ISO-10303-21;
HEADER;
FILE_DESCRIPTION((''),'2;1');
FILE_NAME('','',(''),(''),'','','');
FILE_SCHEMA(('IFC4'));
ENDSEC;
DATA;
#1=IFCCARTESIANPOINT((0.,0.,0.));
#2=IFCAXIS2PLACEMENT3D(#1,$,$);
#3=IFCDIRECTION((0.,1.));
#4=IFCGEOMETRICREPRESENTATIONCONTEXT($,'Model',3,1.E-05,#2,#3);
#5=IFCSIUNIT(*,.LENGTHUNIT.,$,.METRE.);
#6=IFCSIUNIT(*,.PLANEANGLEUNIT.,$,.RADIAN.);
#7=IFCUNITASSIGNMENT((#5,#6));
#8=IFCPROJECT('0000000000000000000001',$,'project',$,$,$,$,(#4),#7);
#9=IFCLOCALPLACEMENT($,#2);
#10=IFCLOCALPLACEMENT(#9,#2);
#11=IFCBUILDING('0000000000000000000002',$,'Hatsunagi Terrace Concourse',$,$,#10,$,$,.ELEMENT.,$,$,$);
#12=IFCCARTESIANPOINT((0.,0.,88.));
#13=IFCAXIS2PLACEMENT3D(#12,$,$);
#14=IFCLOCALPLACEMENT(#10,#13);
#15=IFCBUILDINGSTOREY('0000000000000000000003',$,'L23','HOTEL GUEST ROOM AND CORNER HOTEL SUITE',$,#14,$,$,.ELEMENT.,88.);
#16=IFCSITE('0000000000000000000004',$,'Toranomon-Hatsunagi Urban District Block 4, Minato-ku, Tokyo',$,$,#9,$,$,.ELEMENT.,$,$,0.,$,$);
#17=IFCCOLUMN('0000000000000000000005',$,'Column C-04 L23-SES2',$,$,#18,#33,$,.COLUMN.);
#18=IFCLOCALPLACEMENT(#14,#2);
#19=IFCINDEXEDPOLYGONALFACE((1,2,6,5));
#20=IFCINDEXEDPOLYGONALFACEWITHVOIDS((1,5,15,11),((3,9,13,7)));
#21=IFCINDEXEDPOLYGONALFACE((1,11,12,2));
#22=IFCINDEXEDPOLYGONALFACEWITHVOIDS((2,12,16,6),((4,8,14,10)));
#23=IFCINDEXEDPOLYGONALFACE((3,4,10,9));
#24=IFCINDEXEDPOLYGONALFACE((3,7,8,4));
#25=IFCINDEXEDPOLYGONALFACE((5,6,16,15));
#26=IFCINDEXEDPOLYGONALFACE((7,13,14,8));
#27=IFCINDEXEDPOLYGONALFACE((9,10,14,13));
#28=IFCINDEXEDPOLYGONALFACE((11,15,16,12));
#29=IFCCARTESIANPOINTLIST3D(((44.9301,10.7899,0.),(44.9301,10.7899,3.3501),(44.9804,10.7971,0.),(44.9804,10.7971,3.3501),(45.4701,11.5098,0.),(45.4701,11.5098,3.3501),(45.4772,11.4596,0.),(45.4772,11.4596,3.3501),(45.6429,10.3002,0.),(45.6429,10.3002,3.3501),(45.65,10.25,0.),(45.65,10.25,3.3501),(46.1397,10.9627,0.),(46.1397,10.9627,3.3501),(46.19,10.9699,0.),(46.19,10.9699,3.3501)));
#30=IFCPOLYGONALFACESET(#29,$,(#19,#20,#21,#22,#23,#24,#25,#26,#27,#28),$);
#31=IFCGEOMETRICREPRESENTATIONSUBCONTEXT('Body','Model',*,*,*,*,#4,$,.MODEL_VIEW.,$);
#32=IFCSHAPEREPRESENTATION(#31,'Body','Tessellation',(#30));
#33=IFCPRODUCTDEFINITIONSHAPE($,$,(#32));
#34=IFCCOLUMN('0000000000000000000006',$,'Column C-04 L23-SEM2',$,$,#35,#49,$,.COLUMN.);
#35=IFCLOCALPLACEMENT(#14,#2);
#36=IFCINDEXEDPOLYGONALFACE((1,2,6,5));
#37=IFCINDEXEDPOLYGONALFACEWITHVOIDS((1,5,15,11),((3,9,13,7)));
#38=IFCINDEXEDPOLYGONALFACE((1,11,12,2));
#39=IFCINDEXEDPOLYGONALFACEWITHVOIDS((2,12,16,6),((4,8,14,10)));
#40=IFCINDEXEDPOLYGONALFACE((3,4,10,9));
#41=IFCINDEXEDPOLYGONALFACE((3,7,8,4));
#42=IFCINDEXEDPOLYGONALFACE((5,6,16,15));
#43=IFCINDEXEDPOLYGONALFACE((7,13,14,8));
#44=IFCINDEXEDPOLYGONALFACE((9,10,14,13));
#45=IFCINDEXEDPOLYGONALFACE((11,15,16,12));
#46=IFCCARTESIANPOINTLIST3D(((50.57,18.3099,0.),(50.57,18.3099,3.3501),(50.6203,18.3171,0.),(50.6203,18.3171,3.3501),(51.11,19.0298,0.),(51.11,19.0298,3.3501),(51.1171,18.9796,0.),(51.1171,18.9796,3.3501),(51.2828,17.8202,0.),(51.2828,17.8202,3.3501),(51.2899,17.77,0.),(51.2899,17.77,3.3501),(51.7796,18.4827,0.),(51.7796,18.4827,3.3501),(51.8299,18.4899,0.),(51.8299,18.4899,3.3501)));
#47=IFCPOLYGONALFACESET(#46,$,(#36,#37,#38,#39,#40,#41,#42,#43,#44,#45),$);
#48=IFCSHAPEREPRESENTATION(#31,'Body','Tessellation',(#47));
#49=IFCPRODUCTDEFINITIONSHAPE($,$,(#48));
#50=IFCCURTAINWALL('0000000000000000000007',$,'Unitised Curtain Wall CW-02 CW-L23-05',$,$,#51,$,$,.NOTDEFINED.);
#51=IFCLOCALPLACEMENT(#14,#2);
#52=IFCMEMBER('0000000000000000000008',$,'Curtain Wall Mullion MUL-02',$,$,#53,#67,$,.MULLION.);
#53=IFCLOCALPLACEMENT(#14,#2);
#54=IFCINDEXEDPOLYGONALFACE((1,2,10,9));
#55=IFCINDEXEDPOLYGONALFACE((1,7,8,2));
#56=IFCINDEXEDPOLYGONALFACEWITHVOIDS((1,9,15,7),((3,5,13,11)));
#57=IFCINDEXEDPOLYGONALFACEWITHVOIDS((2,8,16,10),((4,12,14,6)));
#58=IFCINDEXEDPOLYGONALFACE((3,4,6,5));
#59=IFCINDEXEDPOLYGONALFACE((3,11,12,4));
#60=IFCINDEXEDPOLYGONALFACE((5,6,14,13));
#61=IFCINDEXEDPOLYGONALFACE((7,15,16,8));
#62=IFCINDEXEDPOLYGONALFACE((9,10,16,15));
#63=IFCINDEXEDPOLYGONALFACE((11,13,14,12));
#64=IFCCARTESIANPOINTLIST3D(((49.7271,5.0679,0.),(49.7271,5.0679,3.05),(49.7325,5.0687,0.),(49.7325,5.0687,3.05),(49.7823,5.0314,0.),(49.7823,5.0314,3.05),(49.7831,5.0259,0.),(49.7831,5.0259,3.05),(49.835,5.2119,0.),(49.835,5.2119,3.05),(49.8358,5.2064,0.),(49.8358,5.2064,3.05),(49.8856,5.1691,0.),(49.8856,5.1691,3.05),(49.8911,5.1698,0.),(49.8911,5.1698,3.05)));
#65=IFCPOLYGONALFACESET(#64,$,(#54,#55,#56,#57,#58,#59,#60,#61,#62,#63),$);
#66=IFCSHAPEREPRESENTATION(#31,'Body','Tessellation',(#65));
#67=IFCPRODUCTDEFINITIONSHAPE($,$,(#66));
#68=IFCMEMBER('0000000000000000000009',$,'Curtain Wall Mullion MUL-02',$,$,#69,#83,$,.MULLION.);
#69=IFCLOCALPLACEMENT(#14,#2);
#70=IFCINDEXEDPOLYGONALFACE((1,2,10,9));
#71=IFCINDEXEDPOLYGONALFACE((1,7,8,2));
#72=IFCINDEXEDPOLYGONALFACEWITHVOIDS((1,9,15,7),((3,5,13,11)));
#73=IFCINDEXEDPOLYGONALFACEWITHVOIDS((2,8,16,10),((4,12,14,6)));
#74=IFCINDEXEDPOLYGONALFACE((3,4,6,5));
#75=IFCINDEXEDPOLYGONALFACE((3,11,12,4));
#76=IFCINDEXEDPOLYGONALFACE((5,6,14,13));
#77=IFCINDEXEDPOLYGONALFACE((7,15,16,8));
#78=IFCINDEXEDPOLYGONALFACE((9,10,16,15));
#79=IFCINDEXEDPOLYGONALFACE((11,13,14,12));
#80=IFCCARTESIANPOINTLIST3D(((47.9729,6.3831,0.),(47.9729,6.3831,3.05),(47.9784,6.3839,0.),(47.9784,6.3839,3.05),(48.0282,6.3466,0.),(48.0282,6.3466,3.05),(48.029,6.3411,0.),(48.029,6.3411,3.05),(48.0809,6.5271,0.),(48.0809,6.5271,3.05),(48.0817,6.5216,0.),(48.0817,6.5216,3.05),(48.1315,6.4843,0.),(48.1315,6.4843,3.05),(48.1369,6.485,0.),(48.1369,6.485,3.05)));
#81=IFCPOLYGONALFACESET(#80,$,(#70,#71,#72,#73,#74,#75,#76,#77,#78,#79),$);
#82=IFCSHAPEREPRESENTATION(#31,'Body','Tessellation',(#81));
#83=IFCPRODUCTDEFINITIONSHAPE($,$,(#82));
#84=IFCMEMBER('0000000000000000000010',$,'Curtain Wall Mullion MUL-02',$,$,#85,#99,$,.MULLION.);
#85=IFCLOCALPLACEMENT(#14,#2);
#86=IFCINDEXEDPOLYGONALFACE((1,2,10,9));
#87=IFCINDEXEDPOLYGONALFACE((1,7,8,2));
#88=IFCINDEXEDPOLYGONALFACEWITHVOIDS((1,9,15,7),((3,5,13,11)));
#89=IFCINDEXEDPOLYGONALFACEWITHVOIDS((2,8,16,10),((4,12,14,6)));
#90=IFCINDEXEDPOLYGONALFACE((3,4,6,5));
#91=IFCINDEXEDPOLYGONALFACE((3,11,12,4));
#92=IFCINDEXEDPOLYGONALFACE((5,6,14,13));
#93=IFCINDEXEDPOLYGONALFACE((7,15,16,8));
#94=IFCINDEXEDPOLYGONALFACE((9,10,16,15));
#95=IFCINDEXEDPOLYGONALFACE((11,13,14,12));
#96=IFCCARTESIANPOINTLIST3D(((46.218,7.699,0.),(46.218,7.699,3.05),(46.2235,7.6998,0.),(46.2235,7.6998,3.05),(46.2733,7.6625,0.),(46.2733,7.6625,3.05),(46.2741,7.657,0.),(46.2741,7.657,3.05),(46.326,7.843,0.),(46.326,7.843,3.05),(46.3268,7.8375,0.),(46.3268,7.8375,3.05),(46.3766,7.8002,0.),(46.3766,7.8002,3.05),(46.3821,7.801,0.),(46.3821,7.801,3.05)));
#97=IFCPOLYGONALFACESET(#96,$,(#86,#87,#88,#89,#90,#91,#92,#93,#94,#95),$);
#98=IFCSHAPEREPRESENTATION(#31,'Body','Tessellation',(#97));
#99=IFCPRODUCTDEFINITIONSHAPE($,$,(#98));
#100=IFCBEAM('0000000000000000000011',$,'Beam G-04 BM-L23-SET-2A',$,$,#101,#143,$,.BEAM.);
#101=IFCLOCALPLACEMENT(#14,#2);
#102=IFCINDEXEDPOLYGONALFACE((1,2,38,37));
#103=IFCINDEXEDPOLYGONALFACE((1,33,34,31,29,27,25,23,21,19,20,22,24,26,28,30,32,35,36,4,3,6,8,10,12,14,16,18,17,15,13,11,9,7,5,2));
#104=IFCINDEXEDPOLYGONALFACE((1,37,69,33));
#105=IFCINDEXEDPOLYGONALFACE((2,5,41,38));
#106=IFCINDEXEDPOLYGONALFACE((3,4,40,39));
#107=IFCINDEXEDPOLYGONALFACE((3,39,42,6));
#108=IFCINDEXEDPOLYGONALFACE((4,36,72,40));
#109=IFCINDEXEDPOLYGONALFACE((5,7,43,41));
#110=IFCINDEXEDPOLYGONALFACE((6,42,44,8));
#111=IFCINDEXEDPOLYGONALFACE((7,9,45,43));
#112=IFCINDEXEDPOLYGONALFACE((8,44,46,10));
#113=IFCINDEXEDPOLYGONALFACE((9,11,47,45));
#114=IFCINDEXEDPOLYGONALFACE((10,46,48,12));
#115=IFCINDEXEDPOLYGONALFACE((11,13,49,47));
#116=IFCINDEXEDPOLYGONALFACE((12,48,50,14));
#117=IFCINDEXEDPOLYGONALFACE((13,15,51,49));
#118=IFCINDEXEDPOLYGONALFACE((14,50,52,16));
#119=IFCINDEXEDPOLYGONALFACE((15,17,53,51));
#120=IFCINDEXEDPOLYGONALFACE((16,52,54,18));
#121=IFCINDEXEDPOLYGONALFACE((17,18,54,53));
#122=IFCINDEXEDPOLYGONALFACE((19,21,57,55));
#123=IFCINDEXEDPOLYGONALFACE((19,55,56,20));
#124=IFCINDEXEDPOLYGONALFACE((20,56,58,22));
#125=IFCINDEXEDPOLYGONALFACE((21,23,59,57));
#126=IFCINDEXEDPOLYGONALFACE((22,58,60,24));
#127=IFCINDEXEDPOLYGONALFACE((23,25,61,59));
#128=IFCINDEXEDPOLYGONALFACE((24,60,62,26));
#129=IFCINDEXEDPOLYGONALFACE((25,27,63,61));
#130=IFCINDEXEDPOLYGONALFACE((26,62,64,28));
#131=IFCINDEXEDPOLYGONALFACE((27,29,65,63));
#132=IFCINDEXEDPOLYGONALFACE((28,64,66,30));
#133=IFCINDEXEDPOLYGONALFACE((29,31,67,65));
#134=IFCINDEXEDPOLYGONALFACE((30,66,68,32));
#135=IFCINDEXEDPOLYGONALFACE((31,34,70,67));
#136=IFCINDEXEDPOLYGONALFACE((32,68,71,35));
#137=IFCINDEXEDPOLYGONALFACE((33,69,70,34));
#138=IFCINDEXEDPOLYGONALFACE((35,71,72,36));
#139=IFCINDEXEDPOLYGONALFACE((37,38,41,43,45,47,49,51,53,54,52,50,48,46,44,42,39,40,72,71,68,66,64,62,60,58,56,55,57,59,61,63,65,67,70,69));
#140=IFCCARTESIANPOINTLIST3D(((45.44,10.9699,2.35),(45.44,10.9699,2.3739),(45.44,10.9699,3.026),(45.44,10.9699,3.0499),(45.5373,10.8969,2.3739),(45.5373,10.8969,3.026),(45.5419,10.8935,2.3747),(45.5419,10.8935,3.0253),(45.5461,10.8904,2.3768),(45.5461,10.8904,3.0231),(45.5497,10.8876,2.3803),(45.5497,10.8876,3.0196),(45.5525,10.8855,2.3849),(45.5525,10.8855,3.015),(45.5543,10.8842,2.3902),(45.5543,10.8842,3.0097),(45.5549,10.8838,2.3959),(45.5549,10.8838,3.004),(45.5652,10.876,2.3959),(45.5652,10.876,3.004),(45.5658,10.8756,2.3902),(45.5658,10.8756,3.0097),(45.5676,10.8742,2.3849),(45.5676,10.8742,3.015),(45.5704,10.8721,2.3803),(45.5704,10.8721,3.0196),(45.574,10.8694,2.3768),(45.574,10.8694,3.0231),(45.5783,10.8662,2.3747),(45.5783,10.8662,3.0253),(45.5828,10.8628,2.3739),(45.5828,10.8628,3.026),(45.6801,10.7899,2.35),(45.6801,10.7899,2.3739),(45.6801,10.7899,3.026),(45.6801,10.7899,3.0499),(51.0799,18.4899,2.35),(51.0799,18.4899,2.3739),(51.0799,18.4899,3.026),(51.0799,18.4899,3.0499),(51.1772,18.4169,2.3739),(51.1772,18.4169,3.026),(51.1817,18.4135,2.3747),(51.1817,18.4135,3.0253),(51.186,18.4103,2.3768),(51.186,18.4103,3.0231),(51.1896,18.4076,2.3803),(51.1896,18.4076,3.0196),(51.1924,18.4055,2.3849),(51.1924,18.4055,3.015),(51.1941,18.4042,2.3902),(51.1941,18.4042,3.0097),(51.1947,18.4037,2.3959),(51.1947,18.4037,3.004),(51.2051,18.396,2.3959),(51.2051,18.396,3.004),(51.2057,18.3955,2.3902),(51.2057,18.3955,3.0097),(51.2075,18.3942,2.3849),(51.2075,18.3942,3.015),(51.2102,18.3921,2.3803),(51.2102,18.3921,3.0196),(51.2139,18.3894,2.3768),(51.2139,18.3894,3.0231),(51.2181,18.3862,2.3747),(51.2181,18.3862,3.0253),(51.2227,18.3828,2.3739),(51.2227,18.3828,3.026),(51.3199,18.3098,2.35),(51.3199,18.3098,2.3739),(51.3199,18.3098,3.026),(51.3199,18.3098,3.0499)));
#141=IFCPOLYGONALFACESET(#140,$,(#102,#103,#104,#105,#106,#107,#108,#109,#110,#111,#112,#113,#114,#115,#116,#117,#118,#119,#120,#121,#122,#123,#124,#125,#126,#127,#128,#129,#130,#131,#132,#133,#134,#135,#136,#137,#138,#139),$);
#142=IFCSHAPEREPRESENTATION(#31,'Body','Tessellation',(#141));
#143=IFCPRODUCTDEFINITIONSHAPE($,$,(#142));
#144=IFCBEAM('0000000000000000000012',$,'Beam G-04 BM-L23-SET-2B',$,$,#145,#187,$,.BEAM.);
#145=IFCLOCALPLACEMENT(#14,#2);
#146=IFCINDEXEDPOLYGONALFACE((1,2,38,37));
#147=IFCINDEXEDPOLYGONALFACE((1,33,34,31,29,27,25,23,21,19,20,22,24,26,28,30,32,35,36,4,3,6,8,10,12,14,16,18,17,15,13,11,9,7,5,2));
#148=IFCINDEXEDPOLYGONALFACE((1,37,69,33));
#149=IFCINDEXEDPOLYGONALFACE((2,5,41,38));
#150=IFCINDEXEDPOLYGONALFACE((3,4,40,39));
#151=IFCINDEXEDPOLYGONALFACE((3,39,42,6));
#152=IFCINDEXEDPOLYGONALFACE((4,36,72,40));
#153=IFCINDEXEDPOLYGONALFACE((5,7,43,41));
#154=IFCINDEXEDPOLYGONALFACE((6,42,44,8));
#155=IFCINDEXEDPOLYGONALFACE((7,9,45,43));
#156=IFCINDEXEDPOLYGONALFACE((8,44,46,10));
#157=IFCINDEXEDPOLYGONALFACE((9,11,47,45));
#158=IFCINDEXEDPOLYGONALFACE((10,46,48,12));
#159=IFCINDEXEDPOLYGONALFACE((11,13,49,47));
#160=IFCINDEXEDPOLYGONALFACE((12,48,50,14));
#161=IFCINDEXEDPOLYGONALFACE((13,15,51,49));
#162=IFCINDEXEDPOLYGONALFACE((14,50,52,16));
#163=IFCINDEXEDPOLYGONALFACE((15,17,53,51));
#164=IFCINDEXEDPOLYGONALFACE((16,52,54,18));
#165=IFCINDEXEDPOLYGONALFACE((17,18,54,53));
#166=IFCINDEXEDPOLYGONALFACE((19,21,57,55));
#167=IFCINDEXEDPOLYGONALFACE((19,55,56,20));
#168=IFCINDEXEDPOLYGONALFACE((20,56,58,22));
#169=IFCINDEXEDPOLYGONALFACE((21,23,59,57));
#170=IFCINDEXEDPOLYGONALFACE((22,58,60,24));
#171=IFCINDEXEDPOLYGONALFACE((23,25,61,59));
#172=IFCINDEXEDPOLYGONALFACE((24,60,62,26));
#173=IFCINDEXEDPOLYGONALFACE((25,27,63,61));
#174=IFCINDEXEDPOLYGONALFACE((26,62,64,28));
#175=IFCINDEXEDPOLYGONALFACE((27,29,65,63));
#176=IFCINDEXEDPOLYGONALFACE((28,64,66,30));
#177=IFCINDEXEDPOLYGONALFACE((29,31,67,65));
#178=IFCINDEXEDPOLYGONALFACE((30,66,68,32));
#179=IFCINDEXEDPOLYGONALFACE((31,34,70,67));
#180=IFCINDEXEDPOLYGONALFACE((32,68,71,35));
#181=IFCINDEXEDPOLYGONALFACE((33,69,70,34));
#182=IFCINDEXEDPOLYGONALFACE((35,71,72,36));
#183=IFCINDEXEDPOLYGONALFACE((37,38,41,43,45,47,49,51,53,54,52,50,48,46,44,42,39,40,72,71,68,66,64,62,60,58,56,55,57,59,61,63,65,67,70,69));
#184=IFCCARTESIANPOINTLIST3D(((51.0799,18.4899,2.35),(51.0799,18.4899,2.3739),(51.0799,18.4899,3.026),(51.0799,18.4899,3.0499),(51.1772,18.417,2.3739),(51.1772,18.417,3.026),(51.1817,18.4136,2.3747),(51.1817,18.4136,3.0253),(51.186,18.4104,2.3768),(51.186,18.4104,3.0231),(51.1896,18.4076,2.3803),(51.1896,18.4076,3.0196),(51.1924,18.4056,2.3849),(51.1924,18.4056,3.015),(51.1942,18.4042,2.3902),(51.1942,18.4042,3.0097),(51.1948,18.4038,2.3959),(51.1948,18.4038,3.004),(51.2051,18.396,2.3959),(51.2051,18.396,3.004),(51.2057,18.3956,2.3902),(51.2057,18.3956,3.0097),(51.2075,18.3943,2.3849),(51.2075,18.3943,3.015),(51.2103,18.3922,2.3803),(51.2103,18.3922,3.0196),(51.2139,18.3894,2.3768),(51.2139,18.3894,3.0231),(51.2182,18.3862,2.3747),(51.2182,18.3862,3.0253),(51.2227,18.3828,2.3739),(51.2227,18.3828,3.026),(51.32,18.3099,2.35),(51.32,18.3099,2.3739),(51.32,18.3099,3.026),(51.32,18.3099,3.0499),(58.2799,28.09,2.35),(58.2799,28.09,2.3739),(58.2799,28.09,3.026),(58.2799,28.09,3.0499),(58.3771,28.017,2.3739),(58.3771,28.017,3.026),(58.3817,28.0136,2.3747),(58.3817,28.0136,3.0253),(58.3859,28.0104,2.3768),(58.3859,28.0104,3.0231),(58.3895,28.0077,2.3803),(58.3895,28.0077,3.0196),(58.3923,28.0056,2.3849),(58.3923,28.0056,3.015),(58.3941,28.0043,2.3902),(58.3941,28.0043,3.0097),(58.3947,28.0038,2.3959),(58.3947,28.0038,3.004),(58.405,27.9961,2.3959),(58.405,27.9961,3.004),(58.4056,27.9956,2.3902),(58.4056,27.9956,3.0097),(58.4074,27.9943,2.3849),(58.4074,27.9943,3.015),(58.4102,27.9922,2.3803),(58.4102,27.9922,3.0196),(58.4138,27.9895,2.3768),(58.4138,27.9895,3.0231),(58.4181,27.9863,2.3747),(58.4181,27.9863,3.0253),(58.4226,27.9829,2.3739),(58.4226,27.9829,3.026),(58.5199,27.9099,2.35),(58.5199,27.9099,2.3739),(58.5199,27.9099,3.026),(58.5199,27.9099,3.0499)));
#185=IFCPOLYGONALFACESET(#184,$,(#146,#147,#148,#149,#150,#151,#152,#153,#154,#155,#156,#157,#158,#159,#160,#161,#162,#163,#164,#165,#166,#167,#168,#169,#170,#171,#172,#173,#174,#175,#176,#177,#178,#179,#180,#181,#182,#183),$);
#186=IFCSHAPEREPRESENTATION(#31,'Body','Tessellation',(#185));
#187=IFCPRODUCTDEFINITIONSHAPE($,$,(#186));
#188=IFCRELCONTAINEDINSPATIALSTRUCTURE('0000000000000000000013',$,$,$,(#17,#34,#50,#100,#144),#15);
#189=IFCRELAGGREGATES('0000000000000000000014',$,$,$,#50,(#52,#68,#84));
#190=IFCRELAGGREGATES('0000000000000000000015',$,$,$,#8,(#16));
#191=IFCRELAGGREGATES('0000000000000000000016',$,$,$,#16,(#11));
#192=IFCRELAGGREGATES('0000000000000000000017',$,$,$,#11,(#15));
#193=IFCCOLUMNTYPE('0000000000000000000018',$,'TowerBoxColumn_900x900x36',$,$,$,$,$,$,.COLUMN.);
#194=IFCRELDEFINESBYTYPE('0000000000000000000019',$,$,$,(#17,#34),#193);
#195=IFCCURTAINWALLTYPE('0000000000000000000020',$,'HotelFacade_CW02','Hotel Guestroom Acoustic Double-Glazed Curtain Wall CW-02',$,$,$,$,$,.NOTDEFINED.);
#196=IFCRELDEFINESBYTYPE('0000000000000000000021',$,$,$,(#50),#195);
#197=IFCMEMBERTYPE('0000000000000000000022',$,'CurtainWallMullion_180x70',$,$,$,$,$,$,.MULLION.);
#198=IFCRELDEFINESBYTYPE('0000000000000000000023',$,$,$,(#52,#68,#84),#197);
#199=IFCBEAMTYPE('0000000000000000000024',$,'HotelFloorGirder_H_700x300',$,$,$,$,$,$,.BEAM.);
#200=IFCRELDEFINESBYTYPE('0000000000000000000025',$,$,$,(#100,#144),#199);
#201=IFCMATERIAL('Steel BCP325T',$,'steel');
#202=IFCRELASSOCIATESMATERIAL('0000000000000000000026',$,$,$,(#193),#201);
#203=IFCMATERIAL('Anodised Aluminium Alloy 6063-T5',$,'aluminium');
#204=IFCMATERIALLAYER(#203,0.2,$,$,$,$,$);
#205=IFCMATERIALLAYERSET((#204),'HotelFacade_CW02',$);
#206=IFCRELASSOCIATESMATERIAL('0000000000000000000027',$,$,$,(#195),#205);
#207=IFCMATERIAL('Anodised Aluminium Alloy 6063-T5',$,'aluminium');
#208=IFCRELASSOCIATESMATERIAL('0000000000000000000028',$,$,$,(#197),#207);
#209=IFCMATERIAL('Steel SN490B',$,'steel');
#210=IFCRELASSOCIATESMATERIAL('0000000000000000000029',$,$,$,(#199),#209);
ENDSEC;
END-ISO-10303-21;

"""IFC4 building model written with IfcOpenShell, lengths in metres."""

from ifc_helpers import new_model, si_unit, direction, frame, origin, origin_2d, place, context, subcontext, project, spatial, hollow_rectangle, i_section, extrude, material, layer, layer_set, material_profile, profile_set, type_object, element, aggregate, save


model = new_model("IFC4")

# Units and contexts
model_context = context("Model", 3, precision=1e-05, world=origin(), true_north=direction((0.0, 1.0)))
body_context = subcontext(model_context, "Body", "Model", "MODEL_VIEW")
ifc_project = project(units=[si_unit("LENGTHUNIT", "METRE"), si_unit("PLANEANGLEUNIT", "RADIAN")], contexts=[model_context])

# Site, building, storey
site_placement = place(None, origin())
site = spatial("IfcSite", under=ifc_project, at=site_placement, Name="Toranomon-Hatsunagi Urban District Block 4, Minato-ku, Tokyo", CompositionType="ELEMENT", RefElevation=0.0)
building_placement = place(site_placement, origin())
building = spatial("IfcBuilding", under=site, at=building_placement, Name="Hatsunagi Terrace Concourse", CompositionType="ELEMENT")
storey_placement = place(building_placement, frame((0.0, 0.0, 88.0)))
storey = spatial("IfcBuildingStorey", under=building, at=storey_placement, Name="L23", Description="HOTEL GUEST ROOM AND CORNER HOTEL SUITE", CompositionType="ELEMENT", Elevation=88.0)

# Columns
ifc_material_1 = material(Name="Steel BCP325T", Category="steel")
ifc_material_profile_1 = material_profile(ifc_material_1, hollow_rectangle(XDim=0.8999, YDim=0.8999, WallThickness=0.0359, at=origin_2d()), Name="BCP-900x900x36")
ifc_profile_set_1 = profile_set([ifc_material_profile_1], Name="Steel BCP325T")
column_type = type_object("IfcColumnType", Name="TowerBoxColumn_900x900x36", PredefinedType="COLUMN", material=ifc_profile_set_1)
for number, where, z_axis, x_axis, name in (
    (1, (45.5601, 10.8799, 0.0), (0.0, 0.0, 1.0), (0.8, -0.6, 0.0), "Column C-04 L23-SES2"),
    (2, (51.2, 18.3999, 0.0), (0.0, 0.0, 1.0), (0.8, -0.6, 0.0), "Column C-04 L23-SEM2"),
):
    element("IfcColumn", number, at=place(storey_placement, frame(where, z_axis=z_axis, x_axis=x_axis)), inside=storey, type_object=column_type, Name=name, PredefinedType="COLUMN", context=body_context, shape_type="SweptSolid", body=[
        extrude(hollow_rectangle(XDim=0.8999, YDim=0.8999, WallThickness=0.0359, at=origin_2d()), origin(), (0.0, 0.0, 1.0), 3.3501),
    ])

# Curtain wall, members
ifc_material_2 = material(Name="Anodised Aluminium Alloy 6063-T5", Category="aluminium")
ifc_layer_1 = layer(ifc_material_2, 0.2)
ifc_layer_set_1 = layer_set([ifc_layer_1], Name="HotelFacade_CW02")
curtain_wall_type = type_object("IfcCurtainWallType", Name="HotelFacade_CW02", Description="Hotel Guestroom Acoustic Double-Glazed Curtain Wall CW-02", PredefinedType="NOTDEFINED", material=ifc_layer_set_1)
curtain_wall_placement = place(storey_placement, origin())
curtain_wall = element("IfcCurtainWall", 3, at=curtain_wall_placement, inside=storey, type_object=curtain_wall_type, Name="Unitised Curtain Wall CW-02 CW-L23-05", PredefinedType="NOTDEFINED")
ifc_material_3 = material(Name="Anodised Aluminium Alloy 6063-T5", Category="aluminium")
ifc_material_profile_2 = material_profile(ifc_material_3, hollow_rectangle(XDim=0.0701, YDim=0.1799, WallThickness=0.0039, at=origin_2d()), Name="ALU-MUL-180x70x4")
ifc_profile_set_2 = profile_set([ifc_material_profile_2], Name="Anodised Aluminium Alloy 6063-T5")
member_type = type_object("IfcMemberType", Name="CurtainWallMullion_180x70", PredefinedType="MULLION", material=ifc_profile_set_2)
member_1_placement = place(storey_placement, frame((49.8091, 5.1189, 0.0), z_axis=(0.0, 0.0, 1.0), x_axis=(-0.800003, 0.599996, 0.0)))
member_1 = element("IfcMember", 4, at=member_1_placement, type_object=member_type, Name="Curtain Wall Mullion MUL-02", PredefinedType="MULLION", context=body_context, shape_type="SweptSolid", body=[
    extrude(hollow_rectangle(XDim=0.0701, YDim=0.1799, WallThickness=0.0039, at=origin_2d()), origin(), (0.0, 0.0, 1.0), 3.05),
])
member_2_placement = place(storey_placement, frame((48.0549, 6.4341, 0.0), z_axis=(0.0, 0.0, 1.0), x_axis=(-0.800003, 0.599996, 0.0)))
member_2 = element("IfcMember", 5, at=member_2_placement, type_object=member_type, Name="Curtain Wall Mullion MUL-02", PredefinedType="MULLION", context=body_context, shape_type="SweptSolid", body=[
    extrude(hollow_rectangle(XDim=0.0701, YDim=0.1799, WallThickness=0.0039, at=origin_2d()), origin(), (0.0, 0.0, 1.0), 3.05),
])
member_3_placement = place(storey_placement, frame((46.3, 7.75, 0.0), z_axis=(0.0, 0.0, 1.0), x_axis=(-0.800003, 0.599996, 0.0)))
member_3 = element("IfcMember", 6, at=member_3_placement, type_object=member_type, Name="Curtain Wall Mullion MUL-02", PredefinedType="MULLION", context=body_context, shape_type="SweptSolid", body=[
    extrude(hollow_rectangle(XDim=0.0701, YDim=0.1799, WallThickness=0.0039, at=origin_2d()), origin(), (0.0, 0.0, 1.0), 3.05),
])

# Beams
ifc_material_4 = material(Name="Steel SN490B", Category="steel")
ifc_material_profile_3 = material_profile(ifc_material_4, i_section(OverallWidth=0.3, OverallDepth=0.7, WebThickness=0.0129, FlangeThickness=0.0239, FilletRadius=0.022, at=origin_2d()), Name="H-700x300x13x24")
ifc_profile_set_3 = profile_set([ifc_material_profile_3], Name="Steel SN490B")
beam_type_1 = type_object("IfcBeamType", Name="HotelFloorGirder_H_700x300", PredefinedType="BEAM", material=ifc_profile_set_3)
beam_1_placement = place(storey_placement, frame((45.5601, 10.8799, 2.7), z_axis=(0.599992, 0.800006, 0.0), x_axis=(-0.800006, 0.599992, 0.0)))
element("IfcBeam", 7, at=beam_1_placement, inside=storey, type_object=beam_type_1, Name="Beam G-04 BM-L23-SET-2A", PredefinedType="BEAM", context=body_context, shape_type="SweptSolid", body=[
    extrude(i_section(OverallWidth=0.3, OverallDepth=0.7, WebThickness=0.0129, FlangeThickness=0.0239, FilletRadius=0.022, at=origin_2d()), origin(), (0.0, 0.0, 1.0), 9.3999),
])
beam_2_placement = place(storey_placement, frame((51.2, 18.3999, 2.7), z_axis=(0.599993, 0.800005, 0.0), x_axis=(-0.800005, 0.599993, 0.0)))
element("IfcBeam", 8, at=beam_2_placement, inside=storey, type_object=beam_type_1, Name="Beam G-04 BM-L23-SET-2B", PredefinedType="BEAM", context=body_context, shape_type="SweptSolid", body=[
    extrude(i_section(OverallWidth=0.3, OverallDepth=0.7, WebThickness=0.0129, FlangeThickness=0.0239, FilletRadius=0.022, at=origin_2d()), origin(), (0.0, 0.0, 1.0), 12.0),
])

aggregate(curtain_wall, [member_1, member_2, member_3])

save(model, "model.ifc")
